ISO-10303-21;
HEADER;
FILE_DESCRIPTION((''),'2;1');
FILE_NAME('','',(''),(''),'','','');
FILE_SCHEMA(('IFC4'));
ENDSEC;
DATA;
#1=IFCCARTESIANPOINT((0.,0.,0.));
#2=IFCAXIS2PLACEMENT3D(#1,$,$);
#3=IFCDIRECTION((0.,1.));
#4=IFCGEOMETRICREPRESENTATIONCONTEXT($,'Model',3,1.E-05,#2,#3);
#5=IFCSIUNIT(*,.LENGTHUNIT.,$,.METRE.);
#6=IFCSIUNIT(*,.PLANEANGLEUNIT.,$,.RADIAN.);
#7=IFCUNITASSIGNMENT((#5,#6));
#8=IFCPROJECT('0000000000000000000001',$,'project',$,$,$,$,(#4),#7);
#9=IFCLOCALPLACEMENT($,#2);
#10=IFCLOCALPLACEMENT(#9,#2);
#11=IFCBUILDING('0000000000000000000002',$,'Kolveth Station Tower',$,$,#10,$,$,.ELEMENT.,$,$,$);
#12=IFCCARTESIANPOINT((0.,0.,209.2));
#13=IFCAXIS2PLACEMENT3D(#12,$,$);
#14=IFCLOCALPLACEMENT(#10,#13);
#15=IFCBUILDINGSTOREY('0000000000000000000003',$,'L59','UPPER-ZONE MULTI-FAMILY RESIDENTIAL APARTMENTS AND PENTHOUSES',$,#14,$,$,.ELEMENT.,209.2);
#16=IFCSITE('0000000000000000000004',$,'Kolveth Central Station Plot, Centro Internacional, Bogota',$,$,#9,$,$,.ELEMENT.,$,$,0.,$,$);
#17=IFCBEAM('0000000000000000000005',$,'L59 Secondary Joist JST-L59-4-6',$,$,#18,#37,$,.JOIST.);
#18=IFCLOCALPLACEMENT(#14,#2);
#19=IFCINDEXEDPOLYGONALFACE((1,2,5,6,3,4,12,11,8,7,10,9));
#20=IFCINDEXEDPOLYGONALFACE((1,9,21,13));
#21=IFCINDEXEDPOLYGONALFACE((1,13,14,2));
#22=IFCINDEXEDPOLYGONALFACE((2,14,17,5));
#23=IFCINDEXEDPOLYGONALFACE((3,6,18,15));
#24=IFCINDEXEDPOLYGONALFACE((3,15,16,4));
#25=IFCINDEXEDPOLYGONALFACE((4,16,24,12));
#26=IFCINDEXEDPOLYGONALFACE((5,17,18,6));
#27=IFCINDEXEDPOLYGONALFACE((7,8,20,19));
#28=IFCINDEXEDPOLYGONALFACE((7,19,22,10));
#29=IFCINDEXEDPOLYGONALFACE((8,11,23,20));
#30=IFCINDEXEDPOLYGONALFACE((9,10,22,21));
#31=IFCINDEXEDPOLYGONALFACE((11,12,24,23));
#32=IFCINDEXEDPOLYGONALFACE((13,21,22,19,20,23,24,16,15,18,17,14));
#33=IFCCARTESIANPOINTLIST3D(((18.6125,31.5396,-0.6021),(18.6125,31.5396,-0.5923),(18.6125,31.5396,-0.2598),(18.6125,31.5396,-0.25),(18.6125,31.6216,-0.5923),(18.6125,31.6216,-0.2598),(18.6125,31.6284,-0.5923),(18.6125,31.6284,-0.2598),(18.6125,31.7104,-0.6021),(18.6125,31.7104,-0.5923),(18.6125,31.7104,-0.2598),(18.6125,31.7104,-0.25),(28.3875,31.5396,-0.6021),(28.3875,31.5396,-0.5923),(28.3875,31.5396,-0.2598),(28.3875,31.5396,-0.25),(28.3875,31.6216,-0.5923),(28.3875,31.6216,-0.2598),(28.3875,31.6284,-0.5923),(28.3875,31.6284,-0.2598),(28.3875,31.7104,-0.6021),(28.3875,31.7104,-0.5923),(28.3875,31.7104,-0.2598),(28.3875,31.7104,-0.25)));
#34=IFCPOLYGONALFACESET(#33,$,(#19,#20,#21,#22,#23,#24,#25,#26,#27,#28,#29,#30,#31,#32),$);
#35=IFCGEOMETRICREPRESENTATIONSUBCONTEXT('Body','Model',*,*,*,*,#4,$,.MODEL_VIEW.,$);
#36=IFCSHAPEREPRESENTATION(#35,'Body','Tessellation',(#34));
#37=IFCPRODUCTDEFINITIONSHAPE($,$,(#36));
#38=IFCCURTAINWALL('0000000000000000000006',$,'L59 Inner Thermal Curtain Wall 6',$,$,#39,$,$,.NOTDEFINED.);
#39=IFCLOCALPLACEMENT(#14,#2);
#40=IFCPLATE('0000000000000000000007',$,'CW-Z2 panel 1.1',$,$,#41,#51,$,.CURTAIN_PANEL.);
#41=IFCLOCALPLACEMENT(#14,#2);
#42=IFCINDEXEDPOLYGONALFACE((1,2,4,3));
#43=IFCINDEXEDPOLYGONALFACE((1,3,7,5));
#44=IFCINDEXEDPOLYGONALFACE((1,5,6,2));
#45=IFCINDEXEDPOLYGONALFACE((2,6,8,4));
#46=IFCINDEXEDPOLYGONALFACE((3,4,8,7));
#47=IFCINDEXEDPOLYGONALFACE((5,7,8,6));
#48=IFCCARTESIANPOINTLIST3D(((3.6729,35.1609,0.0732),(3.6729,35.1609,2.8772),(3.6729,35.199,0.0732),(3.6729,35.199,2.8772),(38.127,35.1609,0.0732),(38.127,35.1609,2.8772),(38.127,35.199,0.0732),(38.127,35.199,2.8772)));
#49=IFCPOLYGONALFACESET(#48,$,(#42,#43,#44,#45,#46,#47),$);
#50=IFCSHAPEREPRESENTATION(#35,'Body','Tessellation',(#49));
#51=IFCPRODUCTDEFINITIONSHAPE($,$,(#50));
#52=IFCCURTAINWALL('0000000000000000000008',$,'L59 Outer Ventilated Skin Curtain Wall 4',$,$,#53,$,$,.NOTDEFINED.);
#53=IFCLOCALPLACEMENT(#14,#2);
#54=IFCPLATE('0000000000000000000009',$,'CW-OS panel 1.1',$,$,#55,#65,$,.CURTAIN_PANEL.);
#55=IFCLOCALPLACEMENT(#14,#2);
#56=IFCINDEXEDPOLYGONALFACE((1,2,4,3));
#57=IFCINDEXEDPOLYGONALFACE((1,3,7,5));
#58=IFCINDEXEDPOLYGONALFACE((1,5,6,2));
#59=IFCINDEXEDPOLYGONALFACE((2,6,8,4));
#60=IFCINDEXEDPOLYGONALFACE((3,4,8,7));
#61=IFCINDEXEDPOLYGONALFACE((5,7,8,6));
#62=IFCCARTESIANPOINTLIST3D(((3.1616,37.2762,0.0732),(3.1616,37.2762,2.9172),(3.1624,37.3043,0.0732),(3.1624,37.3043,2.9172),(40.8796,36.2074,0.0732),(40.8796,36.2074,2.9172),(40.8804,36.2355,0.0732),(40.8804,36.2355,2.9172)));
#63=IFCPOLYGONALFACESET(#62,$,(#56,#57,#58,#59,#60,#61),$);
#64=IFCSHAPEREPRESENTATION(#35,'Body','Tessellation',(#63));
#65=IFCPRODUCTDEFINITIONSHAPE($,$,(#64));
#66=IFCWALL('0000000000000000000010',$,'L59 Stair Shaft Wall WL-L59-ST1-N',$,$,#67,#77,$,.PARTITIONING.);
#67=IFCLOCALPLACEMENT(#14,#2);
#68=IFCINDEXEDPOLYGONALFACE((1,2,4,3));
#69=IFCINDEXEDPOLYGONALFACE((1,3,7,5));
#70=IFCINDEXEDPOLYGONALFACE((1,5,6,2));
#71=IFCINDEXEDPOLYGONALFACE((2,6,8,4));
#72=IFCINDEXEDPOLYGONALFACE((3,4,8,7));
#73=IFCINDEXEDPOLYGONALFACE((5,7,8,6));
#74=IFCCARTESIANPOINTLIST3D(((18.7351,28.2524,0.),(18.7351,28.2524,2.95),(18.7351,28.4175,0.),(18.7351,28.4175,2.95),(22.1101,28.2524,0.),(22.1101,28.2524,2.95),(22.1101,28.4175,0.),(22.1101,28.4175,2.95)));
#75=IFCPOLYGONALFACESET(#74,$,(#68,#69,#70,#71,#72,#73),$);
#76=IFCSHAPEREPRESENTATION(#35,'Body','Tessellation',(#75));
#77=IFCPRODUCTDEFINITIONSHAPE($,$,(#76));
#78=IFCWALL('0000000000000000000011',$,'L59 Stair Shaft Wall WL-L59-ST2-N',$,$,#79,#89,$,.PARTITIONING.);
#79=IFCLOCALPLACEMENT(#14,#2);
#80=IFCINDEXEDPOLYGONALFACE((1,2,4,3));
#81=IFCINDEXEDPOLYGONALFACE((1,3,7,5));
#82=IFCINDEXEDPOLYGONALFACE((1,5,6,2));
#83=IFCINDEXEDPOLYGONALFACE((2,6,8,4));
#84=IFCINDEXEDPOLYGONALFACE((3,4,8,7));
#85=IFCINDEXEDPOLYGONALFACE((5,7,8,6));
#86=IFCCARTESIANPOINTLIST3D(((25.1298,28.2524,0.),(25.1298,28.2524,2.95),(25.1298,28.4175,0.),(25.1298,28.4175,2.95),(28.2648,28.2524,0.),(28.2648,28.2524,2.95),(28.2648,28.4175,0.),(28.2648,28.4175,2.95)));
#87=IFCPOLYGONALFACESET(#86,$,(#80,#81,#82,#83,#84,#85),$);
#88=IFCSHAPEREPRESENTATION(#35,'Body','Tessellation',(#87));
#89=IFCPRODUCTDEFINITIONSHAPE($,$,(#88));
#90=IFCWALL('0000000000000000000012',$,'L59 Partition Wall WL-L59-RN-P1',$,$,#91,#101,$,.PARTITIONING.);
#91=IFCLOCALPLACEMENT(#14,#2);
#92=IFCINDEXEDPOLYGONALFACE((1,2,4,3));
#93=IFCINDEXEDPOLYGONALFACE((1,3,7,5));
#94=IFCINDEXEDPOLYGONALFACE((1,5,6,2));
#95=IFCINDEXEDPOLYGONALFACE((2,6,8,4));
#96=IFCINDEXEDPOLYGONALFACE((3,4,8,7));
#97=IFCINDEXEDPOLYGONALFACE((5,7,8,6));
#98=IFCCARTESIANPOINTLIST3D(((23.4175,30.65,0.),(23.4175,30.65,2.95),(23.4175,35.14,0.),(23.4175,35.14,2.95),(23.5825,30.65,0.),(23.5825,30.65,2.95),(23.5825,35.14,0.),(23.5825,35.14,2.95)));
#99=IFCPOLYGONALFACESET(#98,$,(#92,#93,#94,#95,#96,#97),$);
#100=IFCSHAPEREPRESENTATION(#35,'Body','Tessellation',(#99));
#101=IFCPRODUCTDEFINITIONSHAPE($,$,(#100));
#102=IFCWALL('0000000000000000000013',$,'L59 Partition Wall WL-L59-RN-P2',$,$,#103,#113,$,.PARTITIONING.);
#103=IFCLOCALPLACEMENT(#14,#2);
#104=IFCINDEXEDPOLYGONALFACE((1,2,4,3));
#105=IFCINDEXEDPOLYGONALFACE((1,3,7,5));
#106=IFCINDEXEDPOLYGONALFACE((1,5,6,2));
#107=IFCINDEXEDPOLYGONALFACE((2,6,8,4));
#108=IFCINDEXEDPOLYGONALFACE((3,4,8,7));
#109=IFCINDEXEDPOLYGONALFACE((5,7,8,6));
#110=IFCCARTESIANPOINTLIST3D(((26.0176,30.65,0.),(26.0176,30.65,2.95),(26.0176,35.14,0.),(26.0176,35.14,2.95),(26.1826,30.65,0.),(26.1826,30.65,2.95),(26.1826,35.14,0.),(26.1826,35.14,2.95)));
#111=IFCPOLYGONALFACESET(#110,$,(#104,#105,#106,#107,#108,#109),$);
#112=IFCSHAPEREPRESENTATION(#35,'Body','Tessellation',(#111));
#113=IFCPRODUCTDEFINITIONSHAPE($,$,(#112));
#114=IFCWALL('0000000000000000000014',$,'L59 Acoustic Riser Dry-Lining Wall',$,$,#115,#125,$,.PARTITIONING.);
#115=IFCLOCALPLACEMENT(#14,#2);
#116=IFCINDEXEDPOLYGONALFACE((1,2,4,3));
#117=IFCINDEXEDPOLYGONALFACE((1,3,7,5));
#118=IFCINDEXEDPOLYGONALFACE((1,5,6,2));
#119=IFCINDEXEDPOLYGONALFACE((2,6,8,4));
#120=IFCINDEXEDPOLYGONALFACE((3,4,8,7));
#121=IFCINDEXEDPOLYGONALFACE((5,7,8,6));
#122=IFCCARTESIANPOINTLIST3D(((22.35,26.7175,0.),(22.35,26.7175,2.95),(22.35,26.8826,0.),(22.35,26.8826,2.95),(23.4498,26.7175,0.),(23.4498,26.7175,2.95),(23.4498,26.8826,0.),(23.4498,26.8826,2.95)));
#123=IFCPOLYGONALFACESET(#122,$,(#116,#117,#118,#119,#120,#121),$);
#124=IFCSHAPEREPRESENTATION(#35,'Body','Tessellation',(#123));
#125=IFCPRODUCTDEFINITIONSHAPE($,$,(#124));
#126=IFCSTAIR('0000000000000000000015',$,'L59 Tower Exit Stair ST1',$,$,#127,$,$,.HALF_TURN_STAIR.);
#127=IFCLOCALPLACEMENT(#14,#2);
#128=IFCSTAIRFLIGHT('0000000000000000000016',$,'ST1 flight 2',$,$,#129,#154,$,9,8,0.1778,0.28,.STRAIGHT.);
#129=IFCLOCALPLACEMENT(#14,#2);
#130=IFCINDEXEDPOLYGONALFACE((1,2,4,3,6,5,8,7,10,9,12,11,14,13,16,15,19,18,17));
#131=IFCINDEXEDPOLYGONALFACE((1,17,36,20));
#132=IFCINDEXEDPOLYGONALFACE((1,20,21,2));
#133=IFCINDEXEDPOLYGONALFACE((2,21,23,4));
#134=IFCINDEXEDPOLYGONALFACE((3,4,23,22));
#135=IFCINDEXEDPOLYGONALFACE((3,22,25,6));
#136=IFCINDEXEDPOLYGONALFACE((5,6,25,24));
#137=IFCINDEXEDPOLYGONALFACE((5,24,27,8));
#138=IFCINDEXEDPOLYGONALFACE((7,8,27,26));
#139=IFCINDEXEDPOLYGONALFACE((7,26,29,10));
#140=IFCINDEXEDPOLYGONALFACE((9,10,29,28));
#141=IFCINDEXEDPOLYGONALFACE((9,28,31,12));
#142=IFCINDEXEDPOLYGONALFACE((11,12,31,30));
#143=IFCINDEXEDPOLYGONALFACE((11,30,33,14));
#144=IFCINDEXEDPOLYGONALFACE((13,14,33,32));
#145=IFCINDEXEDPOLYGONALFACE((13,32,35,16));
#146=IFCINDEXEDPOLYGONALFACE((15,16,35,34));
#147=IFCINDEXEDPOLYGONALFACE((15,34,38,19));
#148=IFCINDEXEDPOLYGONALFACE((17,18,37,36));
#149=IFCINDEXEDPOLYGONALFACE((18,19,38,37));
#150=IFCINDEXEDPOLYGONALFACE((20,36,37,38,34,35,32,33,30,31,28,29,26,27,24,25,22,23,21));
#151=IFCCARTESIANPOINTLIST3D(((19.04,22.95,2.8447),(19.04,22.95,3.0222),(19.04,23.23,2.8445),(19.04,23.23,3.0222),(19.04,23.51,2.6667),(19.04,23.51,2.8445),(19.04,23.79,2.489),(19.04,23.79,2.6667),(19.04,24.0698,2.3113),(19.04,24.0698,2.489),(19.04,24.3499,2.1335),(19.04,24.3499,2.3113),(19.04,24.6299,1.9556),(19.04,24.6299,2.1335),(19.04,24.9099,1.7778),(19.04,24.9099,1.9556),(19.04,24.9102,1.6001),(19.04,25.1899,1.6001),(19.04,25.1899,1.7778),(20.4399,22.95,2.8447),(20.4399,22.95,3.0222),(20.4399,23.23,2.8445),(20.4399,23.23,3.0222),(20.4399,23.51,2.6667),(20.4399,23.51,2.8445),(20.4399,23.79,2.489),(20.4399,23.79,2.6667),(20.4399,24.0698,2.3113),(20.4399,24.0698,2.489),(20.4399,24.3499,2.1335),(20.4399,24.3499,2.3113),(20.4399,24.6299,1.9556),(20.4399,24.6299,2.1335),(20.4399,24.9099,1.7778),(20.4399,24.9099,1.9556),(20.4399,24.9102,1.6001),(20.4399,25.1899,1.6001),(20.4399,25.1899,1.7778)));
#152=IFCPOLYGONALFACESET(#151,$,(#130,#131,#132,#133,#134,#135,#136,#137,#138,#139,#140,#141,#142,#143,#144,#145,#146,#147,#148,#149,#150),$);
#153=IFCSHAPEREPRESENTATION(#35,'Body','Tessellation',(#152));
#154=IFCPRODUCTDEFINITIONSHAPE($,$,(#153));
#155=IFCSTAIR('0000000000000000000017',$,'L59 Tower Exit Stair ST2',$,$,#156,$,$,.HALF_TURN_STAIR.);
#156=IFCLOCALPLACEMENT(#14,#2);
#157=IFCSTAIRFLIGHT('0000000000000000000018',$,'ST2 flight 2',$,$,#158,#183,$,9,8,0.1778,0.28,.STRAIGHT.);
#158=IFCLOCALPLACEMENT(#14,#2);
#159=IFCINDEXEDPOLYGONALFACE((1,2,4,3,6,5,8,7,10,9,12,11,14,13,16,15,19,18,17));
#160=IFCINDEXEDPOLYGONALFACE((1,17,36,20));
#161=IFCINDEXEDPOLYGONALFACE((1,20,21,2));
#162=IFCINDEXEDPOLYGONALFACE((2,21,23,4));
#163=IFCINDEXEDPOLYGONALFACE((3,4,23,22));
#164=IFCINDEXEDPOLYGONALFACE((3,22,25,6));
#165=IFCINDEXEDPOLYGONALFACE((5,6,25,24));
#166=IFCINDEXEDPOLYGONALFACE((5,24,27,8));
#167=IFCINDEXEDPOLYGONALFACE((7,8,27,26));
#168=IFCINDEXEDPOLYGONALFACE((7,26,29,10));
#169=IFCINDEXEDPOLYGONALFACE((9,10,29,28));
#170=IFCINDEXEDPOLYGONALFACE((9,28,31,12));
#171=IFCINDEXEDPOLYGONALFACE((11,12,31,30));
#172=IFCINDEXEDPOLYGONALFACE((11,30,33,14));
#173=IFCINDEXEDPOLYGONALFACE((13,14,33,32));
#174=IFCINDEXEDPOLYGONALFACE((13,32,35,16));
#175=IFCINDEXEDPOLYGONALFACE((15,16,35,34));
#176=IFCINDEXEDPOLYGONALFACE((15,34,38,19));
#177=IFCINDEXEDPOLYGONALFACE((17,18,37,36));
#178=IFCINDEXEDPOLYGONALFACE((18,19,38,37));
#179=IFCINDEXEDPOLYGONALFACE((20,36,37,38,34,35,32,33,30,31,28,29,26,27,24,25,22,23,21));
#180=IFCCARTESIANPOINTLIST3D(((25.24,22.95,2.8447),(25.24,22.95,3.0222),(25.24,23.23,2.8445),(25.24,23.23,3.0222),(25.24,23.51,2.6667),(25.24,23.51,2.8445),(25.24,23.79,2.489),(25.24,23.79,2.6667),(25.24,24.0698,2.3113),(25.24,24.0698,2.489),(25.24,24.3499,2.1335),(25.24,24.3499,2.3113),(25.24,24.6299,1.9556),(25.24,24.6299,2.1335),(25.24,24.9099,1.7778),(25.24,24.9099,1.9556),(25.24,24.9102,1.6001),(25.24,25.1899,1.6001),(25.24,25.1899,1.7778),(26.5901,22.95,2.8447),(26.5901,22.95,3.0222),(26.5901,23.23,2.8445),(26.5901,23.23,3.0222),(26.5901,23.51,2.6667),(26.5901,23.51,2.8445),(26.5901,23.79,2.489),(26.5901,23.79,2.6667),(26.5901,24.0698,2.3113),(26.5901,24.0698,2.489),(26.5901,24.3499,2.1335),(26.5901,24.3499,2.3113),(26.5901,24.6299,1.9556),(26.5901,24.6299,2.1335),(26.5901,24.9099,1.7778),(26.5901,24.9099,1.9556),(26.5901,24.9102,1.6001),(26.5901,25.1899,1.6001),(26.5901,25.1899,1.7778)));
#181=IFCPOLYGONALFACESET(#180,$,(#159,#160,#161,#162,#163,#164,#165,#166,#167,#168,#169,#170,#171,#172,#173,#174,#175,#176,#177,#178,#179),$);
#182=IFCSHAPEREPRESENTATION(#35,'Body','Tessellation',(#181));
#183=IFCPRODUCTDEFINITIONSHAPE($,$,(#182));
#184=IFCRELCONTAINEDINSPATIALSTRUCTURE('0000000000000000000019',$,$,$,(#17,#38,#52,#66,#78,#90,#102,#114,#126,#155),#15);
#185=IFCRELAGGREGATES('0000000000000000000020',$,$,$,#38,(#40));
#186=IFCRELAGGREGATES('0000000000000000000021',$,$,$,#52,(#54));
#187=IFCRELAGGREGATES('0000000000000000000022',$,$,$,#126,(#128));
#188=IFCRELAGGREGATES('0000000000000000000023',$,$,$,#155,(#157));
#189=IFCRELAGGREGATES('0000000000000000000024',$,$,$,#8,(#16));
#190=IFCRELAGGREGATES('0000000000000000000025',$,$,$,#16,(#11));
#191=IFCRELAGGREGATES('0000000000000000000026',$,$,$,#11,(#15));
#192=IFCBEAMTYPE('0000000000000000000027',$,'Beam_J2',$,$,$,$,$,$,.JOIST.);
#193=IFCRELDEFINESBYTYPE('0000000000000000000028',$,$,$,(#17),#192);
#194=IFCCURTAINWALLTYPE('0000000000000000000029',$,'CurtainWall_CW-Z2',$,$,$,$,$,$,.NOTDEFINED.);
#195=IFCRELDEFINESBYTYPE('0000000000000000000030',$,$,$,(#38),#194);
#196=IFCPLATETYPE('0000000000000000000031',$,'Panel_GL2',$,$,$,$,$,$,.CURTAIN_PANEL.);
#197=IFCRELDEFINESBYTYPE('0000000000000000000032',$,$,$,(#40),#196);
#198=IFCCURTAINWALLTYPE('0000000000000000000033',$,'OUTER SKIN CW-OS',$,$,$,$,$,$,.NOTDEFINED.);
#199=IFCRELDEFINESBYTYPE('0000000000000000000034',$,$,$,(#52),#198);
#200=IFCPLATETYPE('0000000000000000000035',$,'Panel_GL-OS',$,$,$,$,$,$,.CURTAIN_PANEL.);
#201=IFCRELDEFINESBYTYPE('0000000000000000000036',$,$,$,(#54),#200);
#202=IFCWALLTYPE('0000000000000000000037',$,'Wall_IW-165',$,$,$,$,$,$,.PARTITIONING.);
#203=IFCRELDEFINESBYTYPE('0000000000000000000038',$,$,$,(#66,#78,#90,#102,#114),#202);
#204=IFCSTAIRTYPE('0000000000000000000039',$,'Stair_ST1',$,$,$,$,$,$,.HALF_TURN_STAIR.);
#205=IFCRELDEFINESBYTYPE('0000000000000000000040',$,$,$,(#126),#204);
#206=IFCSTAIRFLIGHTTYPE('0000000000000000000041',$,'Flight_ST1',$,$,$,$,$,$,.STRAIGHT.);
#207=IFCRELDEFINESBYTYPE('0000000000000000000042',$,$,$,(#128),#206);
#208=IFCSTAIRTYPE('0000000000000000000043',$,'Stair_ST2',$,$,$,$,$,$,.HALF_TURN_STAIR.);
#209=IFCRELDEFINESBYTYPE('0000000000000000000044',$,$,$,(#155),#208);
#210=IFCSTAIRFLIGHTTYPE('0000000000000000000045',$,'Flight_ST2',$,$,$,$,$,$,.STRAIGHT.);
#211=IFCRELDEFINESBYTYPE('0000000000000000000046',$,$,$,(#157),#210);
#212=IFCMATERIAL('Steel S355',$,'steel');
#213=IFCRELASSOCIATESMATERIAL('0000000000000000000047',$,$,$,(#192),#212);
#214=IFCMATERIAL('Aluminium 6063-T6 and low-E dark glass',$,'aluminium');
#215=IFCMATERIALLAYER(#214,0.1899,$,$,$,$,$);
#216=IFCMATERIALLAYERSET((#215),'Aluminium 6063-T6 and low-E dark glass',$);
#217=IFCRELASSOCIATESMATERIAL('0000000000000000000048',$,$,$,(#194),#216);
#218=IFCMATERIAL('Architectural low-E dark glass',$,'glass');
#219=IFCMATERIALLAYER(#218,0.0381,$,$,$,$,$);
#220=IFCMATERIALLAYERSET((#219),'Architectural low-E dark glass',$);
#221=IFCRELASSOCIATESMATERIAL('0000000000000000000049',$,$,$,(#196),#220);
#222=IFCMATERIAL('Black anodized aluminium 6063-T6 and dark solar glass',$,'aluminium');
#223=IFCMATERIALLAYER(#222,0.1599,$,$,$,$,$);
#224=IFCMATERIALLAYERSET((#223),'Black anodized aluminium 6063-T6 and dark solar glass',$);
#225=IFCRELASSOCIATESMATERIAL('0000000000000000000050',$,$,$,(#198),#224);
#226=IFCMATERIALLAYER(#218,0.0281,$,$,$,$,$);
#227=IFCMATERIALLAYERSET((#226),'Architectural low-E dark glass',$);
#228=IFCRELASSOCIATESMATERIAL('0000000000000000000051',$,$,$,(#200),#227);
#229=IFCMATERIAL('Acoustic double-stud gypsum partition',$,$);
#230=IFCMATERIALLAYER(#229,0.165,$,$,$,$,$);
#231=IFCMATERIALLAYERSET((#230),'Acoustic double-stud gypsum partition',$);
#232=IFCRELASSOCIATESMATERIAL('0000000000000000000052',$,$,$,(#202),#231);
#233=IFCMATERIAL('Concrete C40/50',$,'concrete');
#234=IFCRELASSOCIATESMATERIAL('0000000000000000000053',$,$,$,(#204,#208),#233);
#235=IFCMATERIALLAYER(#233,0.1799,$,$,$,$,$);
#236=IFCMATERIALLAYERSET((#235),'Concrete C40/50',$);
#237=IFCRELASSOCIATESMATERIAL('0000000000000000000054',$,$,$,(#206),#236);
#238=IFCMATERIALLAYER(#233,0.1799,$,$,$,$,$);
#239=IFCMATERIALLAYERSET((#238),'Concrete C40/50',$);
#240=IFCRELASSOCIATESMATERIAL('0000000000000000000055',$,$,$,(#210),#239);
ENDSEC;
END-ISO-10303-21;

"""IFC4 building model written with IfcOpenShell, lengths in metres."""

from ifc_helpers import new_model, si_unit, direction, frame, frame_2d, origin, origin_2d, place, context, subcontext, project, spatial, polyline, rectangle, i_section, outline, extrude, source, transform, mapped, material, layer, layer_set, material_profile, profile_set, type_object, element, aggregate, save


model = new_model("IFC4")

# Units and contexts
model_context = context("Model", 3, precision=1e-05, world=origin(), true_north=direction((0.0, 1.0)))
body_context = subcontext(model_context, "Body", "Model", "MODEL_VIEW")
ifc_project = project(units=[si_unit("LENGTHUNIT", "METRE"), si_unit("PLANEANGLEUNIT", "RADIAN")], contexts=[model_context])

# Site, building, storey
site_placement = place(None, origin())
site = spatial("IfcSite", under=ifc_project, at=site_placement, Name="Kolveth Central Station Plot, Centro Internacional, Bogota", CompositionType="ELEMENT", RefElevation=0.0)
building_placement = place(site_placement, origin())
building = spatial("IfcBuilding", under=site, at=building_placement, Name="Kolveth Station Tower", CompositionType="ELEMENT")
storey_placement = place(building_placement, frame((0.0, 0.0, 209.2)))
storey = spatial("IfcBuildingStorey", under=building, at=storey_placement, Name="L59", Description="UPPER-ZONE MULTI-FAMILY RESIDENTIAL APARTMENTS AND PENTHOUSES", CompositionType="ELEMENT", Elevation=209.2)

# Shared definitions
ifc_material_1 = material(Name="Steel S355", Category="steel")

# Beam
ifc_material_profile_1 = material_profile(ifc_material_1, i_section(OverallWidth=0.1709, OverallDepth=0.3521, WebThickness=0.0068, FlangeThickness=0.0098, at=origin_2d()), Name="W360x44")
ifc_profile_set_1 = profile_set([ifc_material_profile_1], Name="Steel S355")
beam_type_1 = type_object("IfcBeamType", Name="Beam_J2", PredefinedType="JOIST", material=ifc_profile_set_1)
shared_shape_1 = source(origin(), body_context, "Body", "SweptSolid", [
    extrude(i_section(OverallWidth=0.1709, OverallDepth=0.3521, WebThickness=0.0068, FlangeThickness=0.0098, at=origin_2d()), origin(), (0.0, 0.0, 1.0), 9.7749),
])
beam_1_placement = place(storey_placement, frame((18.6125, 31.625, -0.426), z_axis=(1.0, 0.0, 0.0), x_axis=(0.0, 1.0, 0.0)))
element("IfcBeam", 1, at=beam_1_placement, inside=storey, type_object=beam_type_1, Name="L59 Secondary Joist JST-L59-4-6", PredefinedType="JOIST", context=body_context, shape_type="MappedRepresentation", body=[
    mapped(shared_shape_1, transform((0.0, 0.0, 0.0), x_axis=(1.0, 0.0, 0.0), y_axis=(0.0, 1.0, 0.0), z_axis=(0.0, 0.0, 1.0), scale=1.0)),
])

# Curtain walls, plates
ifc_material_2 = material(Name="Aluminium 6063-T6 and low-E dark glass", Category="aluminium")
ifc_layer_1 = layer(ifc_material_2, 0.1899)
ifc_layer_set_1 = layer_set([ifc_layer_1], Name="Aluminium 6063-T6 and low-E dark glass")
curtain_wall_type_1 = type_object("IfcCurtainWallType", Name="CurtainWall_CW-Z2", PredefinedType="NOTDEFINED", material=ifc_layer_set_1)
curtain_wall_1_placement = place(storey_placement, origin())
curtain_wall_1 = element("IfcCurtainWall", 2, at=curtain_wall_1_placement, inside=storey, type_object=curtain_wall_type_1, Name="L59 Inner Thermal Curtain Wall 6", PredefinedType="NOTDEFINED")
ifc_material_3 = material(Name="Architectural low-E dark glass", Category="glass")
ifc_layer_2 = layer(ifc_material_3, 0.0381)
ifc_layer_set_2 = layer_set([ifc_layer_2], Name="Architectural low-E dark glass")
plate_type_1 = type_object("IfcPlateType", Name="Panel_GL2", PredefinedType="CURTAIN_PANEL", material=ifc_layer_set_2)
shared_shape_2 = source(origin(), body_context, "Body", "SweptSolid", [
    extrude(rectangle(XDim=34.4541, YDim=0.0381, at=origin_2d()), origin(), (0.0, 0.0, 1.0), 2.804),
])
plate_1_placement = place(storey_placement, frame((20.8999, 35.1799, 0.0732), z_axis=(0.0, 0.0, 1.0), x_axis=(-1.0, 0.0, 0.0)))
plate_1 = element("IfcPlate", 3, at=plate_1_placement, type_object=plate_type_1, Name="CW-Z2 panel 1.1", PredefinedType="CURTAIN_PANEL", context=body_context, shape_type="MappedRepresentation", body=[
    mapped(shared_shape_2, transform((0.0, 0.0, 0.0), x_axis=(1.0, 0.0, 0.0), y_axis=(0.0, 1.0, 0.0), z_axis=(0.0, 0.0, 1.0), scale=1.0)),
])
aggregate(curtain_wall_1, [plate_1])
ifc_material_4 = material(Name="Black anodized aluminium 6063-T6 and dark solar glass", Category="aluminium")
ifc_layer_3 = layer(ifc_material_4, 0.1599)
ifc_layer_set_3 = layer_set([ifc_layer_3], Name="Black anodized aluminium 6063-T6 and dark solar glass")
curtain_wall_type_2 = type_object("IfcCurtainWallType", Name="OUTER SKIN CW-OS", PredefinedType="NOTDEFINED", material=ifc_layer_set_3)
curtain_wall_2_placement = place(storey_placement, origin())
curtain_wall_2 = element("IfcCurtainWall", 4, at=curtain_wall_2_placement, inside=storey, type_object=curtain_wall_type_2, Name="L59 Outer Ventilated Skin Curtain Wall 4", PredefinedType="NOTDEFINED")
ifc_layer_4 = layer(ifc_material_3, 0.0281)
ifc_layer_set_4 = layer_set([ifc_layer_4], Name="Architectural low-E dark glass")
plate_type_2 = type_object("IfcPlateType", Name="Panel_GL-OS", PredefinedType="CURTAIN_PANEL", material=ifc_layer_set_4)
shared_shape_3 = source(origin(), body_context, "Body", "SweptSolid", [
    extrude(rectangle(XDim=37.7332, YDim=0.0281, at=origin_2d()), origin(), (0.0, 0.0, 1.0), 2.844),
])
plate_2_placement = place(storey_placement, frame((22.021, 36.7559, 0.0732), z_axis=(0.0, 0.0, 1.0), x_axis=(-0.999599, 0.028325, 0.0)))
plate_2 = element("IfcPlate", 5, at=plate_2_placement, type_object=plate_type_2, Name="CW-OS panel 1.1", PredefinedType="CURTAIN_PANEL", context=body_context, shape_type="MappedRepresentation", body=[
    mapped(shared_shape_3, transform((0.0, 0.0, 0.0), x_axis=(1.0, 0.0, 0.0), y_axis=(0.0, 1.0, 0.0), z_axis=(0.0, 0.0, 1.0), scale=1.0)),
])
aggregate(curtain_wall_2, [plate_2])

# Walls
ifc_material_5 = material(Name="Acoustic double-stud gypsum partition")
ifc_layer_5 = layer(ifc_material_5, 0.165)
ifc_layer_set_5 = layer_set([ifc_layer_5], Name="Acoustic double-stud gypsum partition")
wall_type = type_object("IfcWallType", Name="Wall_IW-165", PredefinedType="PARTITIONING", material=ifc_layer_set_5)
wall_1_placement = place(storey_placement, frame((18.7351, 28.335, 0.0), z_axis=(0.0, 0.0, 1.0), x_axis=(1.0, 0.0, 0.0)))
element("IfcWall", 6, at=wall_1_placement, inside=storey, type_object=wall_type, Name="L59 Stair Shaft Wall WL-L59-ST1-N", PredefinedType="PARTITIONING", context=body_context, shape_type="SweptSolid", body=[
    extrude(rectangle(XDim=3.375, YDim=0.165, at=frame_2d((1.6875, 0.0))), origin(), (0.0, 0.0, 1.0), 2.95),
])
wall_2_placement = place(storey_placement, frame((25.1299, 28.335, 0.0), z_axis=(0.0, 0.0, 1.0), x_axis=(1.0, 0.0, 0.0)))
element("IfcWall", 7, at=wall_2_placement, inside=storey, type_object=wall_type, Name="L59 Stair Shaft Wall WL-L59-ST2-N", PredefinedType="PARTITIONING", context=body_context, shape_type="SweptSolid", body=[
    extrude(rectangle(XDim=3.135, YDim=0.165, at=frame_2d((1.5674, 0.0))), origin(), (0.0, 0.0, 1.0), 2.95),
])
for number, where, z_axis, x_axis, name in (
    (8, (23.5, 30.6499, 0.0), (0.0, 0.0, 1.0), (0.0, 1.0, 0.0), "L59 Partition Wall WL-L59-RN-P1"),
    (9, (26.1001, 30.6499, 0.0), (0.0, 0.0, 1.0), (0.0, 1.0, 0.0), "L59 Partition Wall WL-L59-RN-P2"),
):
    element("IfcWall", number, at=place(storey_placement, frame(where, z_axis=z_axis, x_axis=x_axis)), inside=storey, type_object=wall_type, Name=name, PredefinedType="PARTITIONING", context=body_context, shape_type="SweptSolid", body=[
        extrude(rectangle(XDim=4.49, YDim=0.165, at=frame_2d((2.2451, 0.0))), origin(), (0.0, 0.0, 1.0), 2.95),
    ])
wall_3_placement = place(storey_placement, frame((22.3501, 26.8, 0.0), z_axis=(0.0, 0.0, 1.0), x_axis=(1.0, 0.0, 0.0)))
element("IfcWall", 10, at=wall_3_placement, inside=storey, type_object=wall_type, Name="L59 Acoustic Riser Dry-Lining Wall", PredefinedType="PARTITIONING", context=body_context, shape_type="SweptSolid", body=[
    extrude(rectangle(XDim=1.0999, YDim=0.165, at=frame_2d((0.5498, 0.0))), origin(), (0.0, 0.0, 1.0), 2.95),
])

# Stairs, stair flights
ifc_material_6 = material(Name="Concrete C40/50", Category="concrete")
stair_type_1 = type_object("IfcStairType", Name="Stair_ST1", PredefinedType="HALF_TURN_STAIR", material=ifc_material_6)
stair_1_placement = place(storey_placement, origin())
stair_1 = element("IfcStair", 11, at=stair_1_placement, inside=storey, type_object=stair_type_1, Name="L59 Tower Exit Stair ST1", PredefinedType="HALF_TURN_STAIR")
ifc_layer_6 = layer(ifc_material_6, 0.1799)
ifc_layer_set_6 = layer_set([ifc_layer_6], Name="Concrete C40/50")
stair_flight_type_1 = type_object("IfcStairFlightType", Name="Flight_ST1", PredefinedType="STRAIGHT", material=ifc_layer_set_6)
stair_flight_1_placement = place(storey_placement, frame((19.74, 25.1899, 1.6001), z_axis=(0.0, 0.0, 1.0), x_axis=(0.0, -1.0, 0.0)))
stair_flight_1 = element("IfcStairFlight", 12, at=stair_flight_1_placement, type_object=stair_flight_type_1, Name="ST1 flight 2", NumberOfRisers=9, NumberOfTreads=8, PredefinedType="STRAIGHT", RiserHeight=0.1778, TreadLength=0.28, context=body_context, shape_type="SweptSolid", body=[
    extrude(outline(polyline([(0.0, 0.0), (0.0, 0.1777), (0.28, 0.1777), (0.28, 0.3555), (0.5601, 0.3555), (0.5601, 0.5334), (0.8401, 0.5334), (0.8401, 0.7112), (1.1201, 0.7112), (1.1201, 0.8889), (1.3999, 0.8889), (1.3999, 1.0667), (1.6799, 1.0667), (1.6799, 1.2444), (1.96, 1.2444), (1.96, 1.4221), (2.24, 1.4221), (2.24, 1.6001), (2.24, 1.2446), (0.2798, 0.0), (0.0, 0.0)])), frame((0.0, 0.7, 0.0), z_axis=(0.0, -1.0, 0.0), x_axis=(1.0, 0.0, 0.0)), (0.0, 0.0, 1.0), 1.3999),
])
aggregate(stair_1, [stair_flight_1])
stair_type_2 = type_object("IfcStairType", Name="Stair_ST2", PredefinedType="HALF_TURN_STAIR", material=ifc_material_6)
stair_2_placement = place(storey_placement, origin())
stair_2 = element("IfcStair", 13, at=stair_2_placement, inside=storey, type_object=stair_type_2, Name="L59 Tower Exit Stair ST2", PredefinedType="HALF_TURN_STAIR")
ifc_layer_7 = layer(ifc_material_6, 0.1799)
ifc_layer_set_7 = layer_set([ifc_layer_7], Name="Concrete C40/50")
stair_flight_type_2 = type_object("IfcStairFlightType", Name="Flight_ST2", PredefinedType="STRAIGHT", material=ifc_layer_set_7)
stair_flight_2_placement = place(storey_placement, frame((25.915, 25.1899, 1.6001), z_axis=(0.0, 0.0, 1.0), x_axis=(0.0, -1.0, 0.0)))
stair_flight_2 = element("IfcStairFlight", 14, at=stair_flight_2_placement, type_object=stair_flight_type_2, Name="ST2 flight 2", NumberOfRisers=9, NumberOfTreads=8, PredefinedType="STRAIGHT", RiserHeight=0.1778, TreadLength=0.28, context=body_context, shape_type="SweptSolid", body=[
    extrude(outline(polyline([(0.0, 0.0), (0.0, 0.1777), (0.28, 0.1777), (0.28, 0.3555), (0.5601, 0.3555), (0.5601, 0.5334), (0.8401, 0.5334), (0.8401, 0.7112), (1.1201, 0.7112), (1.1201, 0.8889), (1.3999, 0.8889), (1.3999, 1.0667), (1.6799, 1.0667), (1.6799, 1.2444), (1.96, 1.2444), (1.96, 1.4221), (2.24, 1.4221), (2.24, 1.6001), (2.24, 1.2446), (0.2798, 0.0), (0.0, 0.0)])), frame((0.0, 0.675, 0.0), z_axis=(0.0, -1.0, 0.0), x_axis=(1.0, 0.0, 0.0)), (0.0, 0.0, 1.0), 1.3501),
])
aggregate(stair_2, [stair_flight_2])

save(model, "model.ifc")
